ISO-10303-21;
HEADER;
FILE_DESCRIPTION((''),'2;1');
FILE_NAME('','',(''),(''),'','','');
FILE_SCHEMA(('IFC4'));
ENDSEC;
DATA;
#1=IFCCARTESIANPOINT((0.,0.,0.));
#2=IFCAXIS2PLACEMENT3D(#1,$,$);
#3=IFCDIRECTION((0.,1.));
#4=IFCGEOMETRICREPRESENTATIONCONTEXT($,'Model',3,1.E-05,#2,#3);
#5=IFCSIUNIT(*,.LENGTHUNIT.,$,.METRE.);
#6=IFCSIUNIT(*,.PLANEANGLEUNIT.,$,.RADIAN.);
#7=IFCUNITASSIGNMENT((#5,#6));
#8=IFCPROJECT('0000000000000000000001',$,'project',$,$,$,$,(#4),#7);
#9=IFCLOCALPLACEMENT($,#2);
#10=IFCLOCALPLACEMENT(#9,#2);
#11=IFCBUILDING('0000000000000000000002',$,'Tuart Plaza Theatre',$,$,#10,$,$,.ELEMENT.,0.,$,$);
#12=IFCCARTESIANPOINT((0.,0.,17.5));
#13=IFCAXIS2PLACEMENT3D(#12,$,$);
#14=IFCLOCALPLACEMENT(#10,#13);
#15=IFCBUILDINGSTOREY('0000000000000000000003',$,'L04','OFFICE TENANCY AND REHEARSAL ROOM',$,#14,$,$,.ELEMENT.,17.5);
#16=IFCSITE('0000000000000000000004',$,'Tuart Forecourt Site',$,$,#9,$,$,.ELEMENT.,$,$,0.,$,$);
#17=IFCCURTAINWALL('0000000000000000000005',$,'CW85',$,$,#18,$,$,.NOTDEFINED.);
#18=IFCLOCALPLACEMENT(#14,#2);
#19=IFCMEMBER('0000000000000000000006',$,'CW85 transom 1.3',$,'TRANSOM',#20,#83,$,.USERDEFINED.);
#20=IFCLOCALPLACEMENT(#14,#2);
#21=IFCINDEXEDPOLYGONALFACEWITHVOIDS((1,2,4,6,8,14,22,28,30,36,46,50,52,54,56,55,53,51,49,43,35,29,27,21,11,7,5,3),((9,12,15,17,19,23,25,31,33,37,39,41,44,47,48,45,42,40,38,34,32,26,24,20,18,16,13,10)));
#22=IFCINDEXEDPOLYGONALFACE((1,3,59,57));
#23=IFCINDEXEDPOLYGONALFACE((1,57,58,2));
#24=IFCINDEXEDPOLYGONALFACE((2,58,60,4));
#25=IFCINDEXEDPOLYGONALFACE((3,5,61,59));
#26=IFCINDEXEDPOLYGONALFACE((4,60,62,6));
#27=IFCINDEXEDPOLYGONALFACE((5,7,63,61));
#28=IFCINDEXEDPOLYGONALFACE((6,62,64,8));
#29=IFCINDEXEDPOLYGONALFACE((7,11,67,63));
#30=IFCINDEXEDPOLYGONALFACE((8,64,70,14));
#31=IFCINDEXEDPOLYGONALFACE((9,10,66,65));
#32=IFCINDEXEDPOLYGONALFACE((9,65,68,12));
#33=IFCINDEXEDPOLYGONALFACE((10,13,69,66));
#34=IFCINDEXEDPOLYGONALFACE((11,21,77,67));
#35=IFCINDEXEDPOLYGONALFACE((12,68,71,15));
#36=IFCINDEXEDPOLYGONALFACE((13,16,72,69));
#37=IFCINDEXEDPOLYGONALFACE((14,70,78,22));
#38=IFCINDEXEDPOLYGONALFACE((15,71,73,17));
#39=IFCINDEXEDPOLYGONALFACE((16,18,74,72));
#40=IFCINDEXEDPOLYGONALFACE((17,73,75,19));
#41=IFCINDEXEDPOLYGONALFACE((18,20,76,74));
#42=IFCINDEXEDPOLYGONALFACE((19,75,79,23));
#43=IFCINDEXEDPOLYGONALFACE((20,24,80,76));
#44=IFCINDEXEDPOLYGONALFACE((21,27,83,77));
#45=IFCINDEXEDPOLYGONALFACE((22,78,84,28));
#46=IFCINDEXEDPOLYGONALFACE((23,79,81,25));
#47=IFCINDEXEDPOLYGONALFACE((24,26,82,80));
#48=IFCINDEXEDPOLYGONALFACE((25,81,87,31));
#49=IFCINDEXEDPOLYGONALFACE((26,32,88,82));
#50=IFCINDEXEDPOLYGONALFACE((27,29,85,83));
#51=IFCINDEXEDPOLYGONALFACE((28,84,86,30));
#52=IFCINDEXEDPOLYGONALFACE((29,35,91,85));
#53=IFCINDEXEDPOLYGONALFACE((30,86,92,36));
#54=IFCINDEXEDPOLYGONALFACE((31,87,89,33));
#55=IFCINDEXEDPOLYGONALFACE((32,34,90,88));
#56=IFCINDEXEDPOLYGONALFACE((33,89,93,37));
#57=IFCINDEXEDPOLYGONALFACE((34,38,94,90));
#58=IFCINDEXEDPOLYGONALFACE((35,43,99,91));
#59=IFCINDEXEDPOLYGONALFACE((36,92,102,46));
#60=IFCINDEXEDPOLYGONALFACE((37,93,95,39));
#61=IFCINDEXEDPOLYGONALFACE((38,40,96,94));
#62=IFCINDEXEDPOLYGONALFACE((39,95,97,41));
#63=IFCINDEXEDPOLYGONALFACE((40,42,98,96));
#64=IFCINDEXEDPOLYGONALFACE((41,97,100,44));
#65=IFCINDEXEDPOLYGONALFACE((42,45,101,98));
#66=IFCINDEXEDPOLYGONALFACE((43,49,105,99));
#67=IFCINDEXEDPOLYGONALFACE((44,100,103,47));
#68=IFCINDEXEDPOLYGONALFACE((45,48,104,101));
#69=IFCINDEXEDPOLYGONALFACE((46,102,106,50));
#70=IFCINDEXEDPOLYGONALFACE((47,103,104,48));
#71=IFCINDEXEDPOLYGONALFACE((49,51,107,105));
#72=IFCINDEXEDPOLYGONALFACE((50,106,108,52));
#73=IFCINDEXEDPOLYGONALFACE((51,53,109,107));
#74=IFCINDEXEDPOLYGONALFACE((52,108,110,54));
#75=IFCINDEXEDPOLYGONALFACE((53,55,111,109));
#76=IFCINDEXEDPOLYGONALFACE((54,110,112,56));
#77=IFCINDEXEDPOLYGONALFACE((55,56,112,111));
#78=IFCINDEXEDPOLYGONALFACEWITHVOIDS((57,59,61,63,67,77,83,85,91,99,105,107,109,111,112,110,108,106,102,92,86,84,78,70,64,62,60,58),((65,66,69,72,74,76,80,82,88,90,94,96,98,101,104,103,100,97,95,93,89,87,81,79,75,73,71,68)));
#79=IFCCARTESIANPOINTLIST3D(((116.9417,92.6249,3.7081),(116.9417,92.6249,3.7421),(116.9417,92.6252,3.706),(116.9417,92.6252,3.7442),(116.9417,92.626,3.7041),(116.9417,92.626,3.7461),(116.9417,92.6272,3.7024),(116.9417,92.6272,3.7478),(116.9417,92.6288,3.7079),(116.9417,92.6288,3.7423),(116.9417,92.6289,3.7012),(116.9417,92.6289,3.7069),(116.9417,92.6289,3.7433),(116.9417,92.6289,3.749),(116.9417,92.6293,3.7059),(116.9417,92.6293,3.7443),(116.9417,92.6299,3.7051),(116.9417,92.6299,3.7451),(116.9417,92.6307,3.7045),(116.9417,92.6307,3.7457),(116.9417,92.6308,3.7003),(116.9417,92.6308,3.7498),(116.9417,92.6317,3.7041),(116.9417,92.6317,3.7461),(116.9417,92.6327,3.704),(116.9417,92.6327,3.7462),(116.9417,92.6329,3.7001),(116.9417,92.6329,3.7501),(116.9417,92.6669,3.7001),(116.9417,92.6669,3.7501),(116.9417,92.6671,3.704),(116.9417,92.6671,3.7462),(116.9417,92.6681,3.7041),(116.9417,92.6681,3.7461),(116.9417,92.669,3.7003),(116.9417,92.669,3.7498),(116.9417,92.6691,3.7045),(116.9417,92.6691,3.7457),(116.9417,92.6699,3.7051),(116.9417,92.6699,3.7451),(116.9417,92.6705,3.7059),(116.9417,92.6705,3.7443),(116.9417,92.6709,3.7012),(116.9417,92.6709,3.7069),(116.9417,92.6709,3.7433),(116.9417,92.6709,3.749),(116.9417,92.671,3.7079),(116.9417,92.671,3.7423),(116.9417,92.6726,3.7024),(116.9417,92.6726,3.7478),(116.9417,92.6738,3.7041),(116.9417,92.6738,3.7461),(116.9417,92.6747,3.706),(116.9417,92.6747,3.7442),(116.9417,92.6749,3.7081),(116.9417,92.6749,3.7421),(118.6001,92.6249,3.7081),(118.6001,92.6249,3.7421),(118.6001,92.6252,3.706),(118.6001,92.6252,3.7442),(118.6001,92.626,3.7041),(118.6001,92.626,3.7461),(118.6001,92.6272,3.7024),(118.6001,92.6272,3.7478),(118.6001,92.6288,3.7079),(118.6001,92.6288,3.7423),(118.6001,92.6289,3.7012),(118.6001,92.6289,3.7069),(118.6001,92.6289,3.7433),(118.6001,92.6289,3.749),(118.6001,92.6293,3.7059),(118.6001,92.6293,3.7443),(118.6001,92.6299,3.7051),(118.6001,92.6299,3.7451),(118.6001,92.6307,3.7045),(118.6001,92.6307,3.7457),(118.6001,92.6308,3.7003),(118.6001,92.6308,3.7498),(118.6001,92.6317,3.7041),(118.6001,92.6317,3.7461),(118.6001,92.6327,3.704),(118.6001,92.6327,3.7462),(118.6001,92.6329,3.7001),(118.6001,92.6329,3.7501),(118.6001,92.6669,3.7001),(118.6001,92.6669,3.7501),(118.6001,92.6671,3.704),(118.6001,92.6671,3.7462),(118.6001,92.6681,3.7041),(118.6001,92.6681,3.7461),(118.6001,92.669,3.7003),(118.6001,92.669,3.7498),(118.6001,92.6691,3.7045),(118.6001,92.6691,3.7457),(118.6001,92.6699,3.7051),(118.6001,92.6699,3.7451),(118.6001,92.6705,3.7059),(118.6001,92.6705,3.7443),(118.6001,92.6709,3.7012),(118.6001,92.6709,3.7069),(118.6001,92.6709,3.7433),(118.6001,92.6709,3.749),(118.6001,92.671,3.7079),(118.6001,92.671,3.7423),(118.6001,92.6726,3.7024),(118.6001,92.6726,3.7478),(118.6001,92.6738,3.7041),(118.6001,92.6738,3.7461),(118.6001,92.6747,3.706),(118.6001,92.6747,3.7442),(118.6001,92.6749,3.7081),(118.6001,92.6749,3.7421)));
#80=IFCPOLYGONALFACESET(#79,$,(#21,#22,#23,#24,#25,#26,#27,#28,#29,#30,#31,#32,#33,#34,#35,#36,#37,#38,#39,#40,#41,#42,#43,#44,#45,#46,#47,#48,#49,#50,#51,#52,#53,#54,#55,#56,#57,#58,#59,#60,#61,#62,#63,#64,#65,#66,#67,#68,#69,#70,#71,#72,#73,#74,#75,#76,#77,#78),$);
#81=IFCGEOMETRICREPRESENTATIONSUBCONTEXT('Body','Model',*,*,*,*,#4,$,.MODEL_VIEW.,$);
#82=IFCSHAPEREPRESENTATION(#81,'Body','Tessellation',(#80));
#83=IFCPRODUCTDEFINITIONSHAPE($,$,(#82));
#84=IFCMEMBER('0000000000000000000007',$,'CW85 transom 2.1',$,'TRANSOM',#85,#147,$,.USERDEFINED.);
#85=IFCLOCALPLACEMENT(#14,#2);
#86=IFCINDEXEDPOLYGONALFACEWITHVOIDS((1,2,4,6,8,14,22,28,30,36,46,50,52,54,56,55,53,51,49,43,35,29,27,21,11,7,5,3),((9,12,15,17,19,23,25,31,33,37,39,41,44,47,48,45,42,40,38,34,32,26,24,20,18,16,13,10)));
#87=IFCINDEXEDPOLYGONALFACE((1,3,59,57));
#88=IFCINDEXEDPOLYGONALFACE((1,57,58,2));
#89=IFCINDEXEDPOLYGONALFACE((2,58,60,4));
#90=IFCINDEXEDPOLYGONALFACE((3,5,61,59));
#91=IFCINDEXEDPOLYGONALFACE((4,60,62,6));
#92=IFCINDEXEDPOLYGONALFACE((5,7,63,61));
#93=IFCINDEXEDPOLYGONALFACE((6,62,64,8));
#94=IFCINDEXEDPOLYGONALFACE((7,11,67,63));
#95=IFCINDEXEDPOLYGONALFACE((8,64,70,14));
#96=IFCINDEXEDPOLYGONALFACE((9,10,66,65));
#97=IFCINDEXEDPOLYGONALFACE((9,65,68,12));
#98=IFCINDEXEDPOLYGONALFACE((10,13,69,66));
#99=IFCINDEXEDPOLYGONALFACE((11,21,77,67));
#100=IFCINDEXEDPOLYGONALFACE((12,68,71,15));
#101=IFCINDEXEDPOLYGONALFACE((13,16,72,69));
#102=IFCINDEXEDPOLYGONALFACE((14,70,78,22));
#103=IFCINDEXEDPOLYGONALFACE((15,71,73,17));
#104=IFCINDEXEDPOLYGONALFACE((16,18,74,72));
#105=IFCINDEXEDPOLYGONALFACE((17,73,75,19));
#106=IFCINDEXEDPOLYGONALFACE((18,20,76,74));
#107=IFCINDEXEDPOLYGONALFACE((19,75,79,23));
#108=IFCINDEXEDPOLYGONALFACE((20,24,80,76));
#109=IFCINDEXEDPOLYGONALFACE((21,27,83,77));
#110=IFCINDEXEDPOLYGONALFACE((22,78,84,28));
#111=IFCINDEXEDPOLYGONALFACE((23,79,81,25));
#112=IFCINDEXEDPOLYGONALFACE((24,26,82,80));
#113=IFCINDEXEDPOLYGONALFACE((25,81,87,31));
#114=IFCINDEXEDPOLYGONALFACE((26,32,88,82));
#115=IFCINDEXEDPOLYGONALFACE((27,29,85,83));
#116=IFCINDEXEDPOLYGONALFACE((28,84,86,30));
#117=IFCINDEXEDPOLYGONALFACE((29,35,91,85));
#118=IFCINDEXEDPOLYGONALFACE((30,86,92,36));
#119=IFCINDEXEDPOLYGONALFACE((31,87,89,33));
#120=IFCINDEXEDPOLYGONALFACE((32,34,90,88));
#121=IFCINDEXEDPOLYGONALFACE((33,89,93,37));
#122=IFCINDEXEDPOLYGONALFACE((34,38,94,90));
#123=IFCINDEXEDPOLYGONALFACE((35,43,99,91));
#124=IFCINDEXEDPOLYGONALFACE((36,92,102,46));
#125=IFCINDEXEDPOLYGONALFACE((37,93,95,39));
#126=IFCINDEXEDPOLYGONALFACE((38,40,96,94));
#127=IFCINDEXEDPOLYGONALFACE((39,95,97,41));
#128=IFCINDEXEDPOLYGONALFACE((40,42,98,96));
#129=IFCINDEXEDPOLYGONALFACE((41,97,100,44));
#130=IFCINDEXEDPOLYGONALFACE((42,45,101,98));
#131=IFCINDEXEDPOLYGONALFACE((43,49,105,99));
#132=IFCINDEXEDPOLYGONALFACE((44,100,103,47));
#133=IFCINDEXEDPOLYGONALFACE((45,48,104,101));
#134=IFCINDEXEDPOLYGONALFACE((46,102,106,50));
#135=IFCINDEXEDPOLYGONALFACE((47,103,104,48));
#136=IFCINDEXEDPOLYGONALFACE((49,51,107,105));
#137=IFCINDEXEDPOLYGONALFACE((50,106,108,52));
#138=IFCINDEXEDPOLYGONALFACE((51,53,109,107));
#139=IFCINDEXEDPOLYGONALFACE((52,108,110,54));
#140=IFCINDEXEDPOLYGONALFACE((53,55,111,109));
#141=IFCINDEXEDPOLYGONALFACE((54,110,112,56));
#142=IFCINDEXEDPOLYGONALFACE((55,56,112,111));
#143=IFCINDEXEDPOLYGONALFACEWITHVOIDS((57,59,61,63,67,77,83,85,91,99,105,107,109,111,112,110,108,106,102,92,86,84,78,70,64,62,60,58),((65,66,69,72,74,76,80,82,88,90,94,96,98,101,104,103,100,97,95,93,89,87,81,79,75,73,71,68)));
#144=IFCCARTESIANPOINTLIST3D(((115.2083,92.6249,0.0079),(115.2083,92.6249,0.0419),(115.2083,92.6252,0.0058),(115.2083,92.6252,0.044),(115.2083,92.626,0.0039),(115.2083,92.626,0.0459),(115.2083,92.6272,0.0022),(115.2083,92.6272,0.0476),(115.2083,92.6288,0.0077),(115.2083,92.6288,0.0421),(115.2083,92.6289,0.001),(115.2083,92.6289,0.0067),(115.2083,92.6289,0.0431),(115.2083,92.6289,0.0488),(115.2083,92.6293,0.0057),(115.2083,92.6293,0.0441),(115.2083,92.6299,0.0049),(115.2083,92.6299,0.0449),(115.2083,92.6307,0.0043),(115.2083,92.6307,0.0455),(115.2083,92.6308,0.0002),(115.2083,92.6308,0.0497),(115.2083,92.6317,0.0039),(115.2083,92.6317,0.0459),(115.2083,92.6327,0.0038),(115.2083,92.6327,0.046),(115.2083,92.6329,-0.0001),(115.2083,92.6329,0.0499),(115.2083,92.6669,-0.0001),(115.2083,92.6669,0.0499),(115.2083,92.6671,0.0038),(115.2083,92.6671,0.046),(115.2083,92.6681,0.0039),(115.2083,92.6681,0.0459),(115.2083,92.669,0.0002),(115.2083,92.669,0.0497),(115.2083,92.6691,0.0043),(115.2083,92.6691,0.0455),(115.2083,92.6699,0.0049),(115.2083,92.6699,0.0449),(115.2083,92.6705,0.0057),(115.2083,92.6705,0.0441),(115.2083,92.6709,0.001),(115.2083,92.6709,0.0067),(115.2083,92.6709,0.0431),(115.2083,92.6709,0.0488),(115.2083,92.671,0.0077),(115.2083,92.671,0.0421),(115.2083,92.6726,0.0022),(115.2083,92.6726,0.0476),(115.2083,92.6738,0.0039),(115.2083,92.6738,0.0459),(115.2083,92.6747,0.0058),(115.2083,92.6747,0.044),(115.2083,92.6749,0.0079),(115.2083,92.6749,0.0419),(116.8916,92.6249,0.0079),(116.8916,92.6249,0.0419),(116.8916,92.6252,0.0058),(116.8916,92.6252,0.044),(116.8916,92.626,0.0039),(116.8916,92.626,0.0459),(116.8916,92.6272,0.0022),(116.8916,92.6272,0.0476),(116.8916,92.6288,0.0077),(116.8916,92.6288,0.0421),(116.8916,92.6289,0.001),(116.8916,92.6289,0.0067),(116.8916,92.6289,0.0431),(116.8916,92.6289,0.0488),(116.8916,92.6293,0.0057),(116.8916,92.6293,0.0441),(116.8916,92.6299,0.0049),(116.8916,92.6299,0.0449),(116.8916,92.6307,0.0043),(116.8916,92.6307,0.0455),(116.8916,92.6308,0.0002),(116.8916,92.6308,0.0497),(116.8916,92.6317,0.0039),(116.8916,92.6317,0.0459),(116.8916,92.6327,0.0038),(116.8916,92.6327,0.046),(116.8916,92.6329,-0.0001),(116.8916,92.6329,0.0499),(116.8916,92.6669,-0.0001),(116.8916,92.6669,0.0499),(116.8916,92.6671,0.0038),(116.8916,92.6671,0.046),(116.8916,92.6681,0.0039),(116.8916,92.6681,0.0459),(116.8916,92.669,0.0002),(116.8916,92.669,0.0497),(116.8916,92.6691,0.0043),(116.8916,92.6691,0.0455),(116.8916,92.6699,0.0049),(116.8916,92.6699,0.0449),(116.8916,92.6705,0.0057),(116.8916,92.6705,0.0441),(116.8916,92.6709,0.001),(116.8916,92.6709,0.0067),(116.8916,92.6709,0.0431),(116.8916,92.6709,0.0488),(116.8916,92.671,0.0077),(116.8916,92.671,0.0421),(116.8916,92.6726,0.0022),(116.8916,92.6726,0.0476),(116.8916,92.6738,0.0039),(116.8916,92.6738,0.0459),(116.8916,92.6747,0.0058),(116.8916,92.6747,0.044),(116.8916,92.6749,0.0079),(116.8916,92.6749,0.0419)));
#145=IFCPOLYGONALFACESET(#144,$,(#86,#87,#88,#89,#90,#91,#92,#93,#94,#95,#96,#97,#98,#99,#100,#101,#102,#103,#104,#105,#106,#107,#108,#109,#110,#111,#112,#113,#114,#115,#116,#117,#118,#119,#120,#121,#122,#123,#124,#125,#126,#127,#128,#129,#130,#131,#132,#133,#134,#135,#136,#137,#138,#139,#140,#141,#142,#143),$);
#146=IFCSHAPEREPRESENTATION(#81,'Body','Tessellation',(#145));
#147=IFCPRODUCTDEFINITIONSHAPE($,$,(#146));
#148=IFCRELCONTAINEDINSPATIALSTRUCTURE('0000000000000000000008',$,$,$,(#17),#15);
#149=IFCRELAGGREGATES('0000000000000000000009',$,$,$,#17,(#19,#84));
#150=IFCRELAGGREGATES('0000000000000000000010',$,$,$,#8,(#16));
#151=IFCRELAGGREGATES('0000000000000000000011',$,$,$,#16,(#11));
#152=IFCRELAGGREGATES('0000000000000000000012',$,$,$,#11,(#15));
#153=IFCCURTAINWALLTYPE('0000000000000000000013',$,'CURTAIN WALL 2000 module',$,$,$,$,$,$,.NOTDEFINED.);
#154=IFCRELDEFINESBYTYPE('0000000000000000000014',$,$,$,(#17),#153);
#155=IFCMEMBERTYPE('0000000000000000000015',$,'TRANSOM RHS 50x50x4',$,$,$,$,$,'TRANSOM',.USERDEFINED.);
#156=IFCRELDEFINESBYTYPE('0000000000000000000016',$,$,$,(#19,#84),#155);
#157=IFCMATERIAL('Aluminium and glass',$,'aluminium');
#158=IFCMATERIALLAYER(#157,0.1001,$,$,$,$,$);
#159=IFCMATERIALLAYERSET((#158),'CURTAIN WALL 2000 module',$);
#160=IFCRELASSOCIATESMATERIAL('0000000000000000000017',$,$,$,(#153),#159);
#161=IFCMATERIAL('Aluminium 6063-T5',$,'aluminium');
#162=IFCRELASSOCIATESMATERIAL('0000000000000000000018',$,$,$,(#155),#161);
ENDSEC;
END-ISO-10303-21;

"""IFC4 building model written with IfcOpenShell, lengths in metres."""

from ifc_helpers import new_model, si_unit, direction, frame, origin, origin_2d, place, context, subcontext, project, spatial, hollow_rectangle, extrude, material, layer, layer_set, material_profile, profile_set, type_object, element, aggregate, save


model = new_model("IFC4")

# Units and contexts
model_context = context("Model", 3, precision=1e-05, world=origin(), true_north=direction((0.0, 1.0)))
body_context = subcontext(model_context, "Body", "Model", "MODEL_VIEW")
ifc_project = project(units=[si_unit("LENGTHUNIT", "METRE"), si_unit("PLANEANGLEUNIT", "RADIAN")], contexts=[model_context])

# Site, building, storey
site_placement = place(None, origin())
site = spatial("IfcSite", under=ifc_project, at=site_placement, Name="Tuart Forecourt Site", CompositionType="ELEMENT", RefElevation=0.0)
building_placement = place(site_placement, origin())
building = spatial("IfcBuilding", under=site, at=building_placement, Name="Tuart Plaza Theatre", CompositionType="ELEMENT", ElevationOfRefHeight=0.0)
storey_placement = place(building_placement, frame((0.0, 0.0, 17.5)))
storey = spatial("IfcBuildingStorey", under=building, at=storey_placement, Name="L04", Description="OFFICE TENANCY AND REHEARSAL ROOM", CompositionType="ELEMENT", Elevation=17.5)

# Curtain wall
ifc_material_1 = material(Name="Aluminium and glass", Category="aluminium")
ifc_layer_1 = layer(ifc_material_1, 0.1001)
ifc_layer_set_1 = layer_set([ifc_layer_1], Name="CURTAIN WALL 2000 module")
curtain_wall_type_1 = type_object("IfcCurtainWallType", Name="CURTAIN WALL 2000 module", PredefinedType="NOTDEFINED", material=ifc_layer_set_1)
curtain_wall_1_placement = place(storey_placement, origin())
curtain_wall_1 = element("IfcCurtainWall", 1, at=curtain_wall_1_placement, inside=storey, type_object=curtain_wall_type_1, Name="CW85", PredefinedType="NOTDEFINED")

# Members
ifc_material_2 = material(Name="Aluminium 6063-T5", Category="aluminium")
ifc_material_profile_1 = material_profile(ifc_material_2, hollow_rectangle(XDim=0.05, YDim=0.05, WallThickness=0.0039, InnerFilletRadius=0.0039, OuterFilletRadius=0.0081, at=origin_2d()), Name="RHS 50x50x4")
ifc_profile_set_1 = profile_set([ifc_material_profile_1], Name="Aluminium 6063-T5")
member_type_1 = type_object("IfcMemberType", Name="TRANSOM RHS 50x50x4", ElementType="TRANSOM", PredefinedType="USERDEFINED", material=ifc_profile_set_1)
member_1_placement = place(storey_placement, frame((118.6001, 92.6499, 3.7251), z_axis=(-1.0, 0.0, 0.0), x_axis=(0.0, -1.0, 0.0)))
member_1 = element("IfcMember", 2, at=member_1_placement, type_object=member_type_1, Name="CW85 transom 1.3", ObjectType="TRANSOM", PredefinedType="USERDEFINED", context=body_context, shape_type="SweptSolid", body=[
    extrude(hollow_rectangle(XDim=0.05, YDim=0.05, WallThickness=0.0039, InnerFilletRadius=0.0039, OuterFilletRadius=0.0081, at=origin_2d()), origin(), (0.0, 0.0, 1.0), 1.6584),
])
member_2_placement = place(storey_placement, frame((116.8916, 92.6499, 0.0249), z_axis=(-1.0, 0.0, 0.0), x_axis=(0.0, -1.0, 0.0)))
member_2 = element("IfcMember", 3, at=member_2_placement, type_object=member_type_1, Name="CW85 transom 2.1", ObjectType="TRANSOM", PredefinedType="USERDEFINED", context=body_context, shape_type="SweptSolid", body=[
    extrude(hollow_rectangle(XDim=0.05, YDim=0.05, WallThickness=0.0039, InnerFilletRadius=0.0039, OuterFilletRadius=0.0081, at=origin_2d()), origin(), (0.0, 0.0, 1.0), 1.6833),
])

aggregate(curtain_wall_1, [member_1, member_2])

save(model, "model.ifc")
